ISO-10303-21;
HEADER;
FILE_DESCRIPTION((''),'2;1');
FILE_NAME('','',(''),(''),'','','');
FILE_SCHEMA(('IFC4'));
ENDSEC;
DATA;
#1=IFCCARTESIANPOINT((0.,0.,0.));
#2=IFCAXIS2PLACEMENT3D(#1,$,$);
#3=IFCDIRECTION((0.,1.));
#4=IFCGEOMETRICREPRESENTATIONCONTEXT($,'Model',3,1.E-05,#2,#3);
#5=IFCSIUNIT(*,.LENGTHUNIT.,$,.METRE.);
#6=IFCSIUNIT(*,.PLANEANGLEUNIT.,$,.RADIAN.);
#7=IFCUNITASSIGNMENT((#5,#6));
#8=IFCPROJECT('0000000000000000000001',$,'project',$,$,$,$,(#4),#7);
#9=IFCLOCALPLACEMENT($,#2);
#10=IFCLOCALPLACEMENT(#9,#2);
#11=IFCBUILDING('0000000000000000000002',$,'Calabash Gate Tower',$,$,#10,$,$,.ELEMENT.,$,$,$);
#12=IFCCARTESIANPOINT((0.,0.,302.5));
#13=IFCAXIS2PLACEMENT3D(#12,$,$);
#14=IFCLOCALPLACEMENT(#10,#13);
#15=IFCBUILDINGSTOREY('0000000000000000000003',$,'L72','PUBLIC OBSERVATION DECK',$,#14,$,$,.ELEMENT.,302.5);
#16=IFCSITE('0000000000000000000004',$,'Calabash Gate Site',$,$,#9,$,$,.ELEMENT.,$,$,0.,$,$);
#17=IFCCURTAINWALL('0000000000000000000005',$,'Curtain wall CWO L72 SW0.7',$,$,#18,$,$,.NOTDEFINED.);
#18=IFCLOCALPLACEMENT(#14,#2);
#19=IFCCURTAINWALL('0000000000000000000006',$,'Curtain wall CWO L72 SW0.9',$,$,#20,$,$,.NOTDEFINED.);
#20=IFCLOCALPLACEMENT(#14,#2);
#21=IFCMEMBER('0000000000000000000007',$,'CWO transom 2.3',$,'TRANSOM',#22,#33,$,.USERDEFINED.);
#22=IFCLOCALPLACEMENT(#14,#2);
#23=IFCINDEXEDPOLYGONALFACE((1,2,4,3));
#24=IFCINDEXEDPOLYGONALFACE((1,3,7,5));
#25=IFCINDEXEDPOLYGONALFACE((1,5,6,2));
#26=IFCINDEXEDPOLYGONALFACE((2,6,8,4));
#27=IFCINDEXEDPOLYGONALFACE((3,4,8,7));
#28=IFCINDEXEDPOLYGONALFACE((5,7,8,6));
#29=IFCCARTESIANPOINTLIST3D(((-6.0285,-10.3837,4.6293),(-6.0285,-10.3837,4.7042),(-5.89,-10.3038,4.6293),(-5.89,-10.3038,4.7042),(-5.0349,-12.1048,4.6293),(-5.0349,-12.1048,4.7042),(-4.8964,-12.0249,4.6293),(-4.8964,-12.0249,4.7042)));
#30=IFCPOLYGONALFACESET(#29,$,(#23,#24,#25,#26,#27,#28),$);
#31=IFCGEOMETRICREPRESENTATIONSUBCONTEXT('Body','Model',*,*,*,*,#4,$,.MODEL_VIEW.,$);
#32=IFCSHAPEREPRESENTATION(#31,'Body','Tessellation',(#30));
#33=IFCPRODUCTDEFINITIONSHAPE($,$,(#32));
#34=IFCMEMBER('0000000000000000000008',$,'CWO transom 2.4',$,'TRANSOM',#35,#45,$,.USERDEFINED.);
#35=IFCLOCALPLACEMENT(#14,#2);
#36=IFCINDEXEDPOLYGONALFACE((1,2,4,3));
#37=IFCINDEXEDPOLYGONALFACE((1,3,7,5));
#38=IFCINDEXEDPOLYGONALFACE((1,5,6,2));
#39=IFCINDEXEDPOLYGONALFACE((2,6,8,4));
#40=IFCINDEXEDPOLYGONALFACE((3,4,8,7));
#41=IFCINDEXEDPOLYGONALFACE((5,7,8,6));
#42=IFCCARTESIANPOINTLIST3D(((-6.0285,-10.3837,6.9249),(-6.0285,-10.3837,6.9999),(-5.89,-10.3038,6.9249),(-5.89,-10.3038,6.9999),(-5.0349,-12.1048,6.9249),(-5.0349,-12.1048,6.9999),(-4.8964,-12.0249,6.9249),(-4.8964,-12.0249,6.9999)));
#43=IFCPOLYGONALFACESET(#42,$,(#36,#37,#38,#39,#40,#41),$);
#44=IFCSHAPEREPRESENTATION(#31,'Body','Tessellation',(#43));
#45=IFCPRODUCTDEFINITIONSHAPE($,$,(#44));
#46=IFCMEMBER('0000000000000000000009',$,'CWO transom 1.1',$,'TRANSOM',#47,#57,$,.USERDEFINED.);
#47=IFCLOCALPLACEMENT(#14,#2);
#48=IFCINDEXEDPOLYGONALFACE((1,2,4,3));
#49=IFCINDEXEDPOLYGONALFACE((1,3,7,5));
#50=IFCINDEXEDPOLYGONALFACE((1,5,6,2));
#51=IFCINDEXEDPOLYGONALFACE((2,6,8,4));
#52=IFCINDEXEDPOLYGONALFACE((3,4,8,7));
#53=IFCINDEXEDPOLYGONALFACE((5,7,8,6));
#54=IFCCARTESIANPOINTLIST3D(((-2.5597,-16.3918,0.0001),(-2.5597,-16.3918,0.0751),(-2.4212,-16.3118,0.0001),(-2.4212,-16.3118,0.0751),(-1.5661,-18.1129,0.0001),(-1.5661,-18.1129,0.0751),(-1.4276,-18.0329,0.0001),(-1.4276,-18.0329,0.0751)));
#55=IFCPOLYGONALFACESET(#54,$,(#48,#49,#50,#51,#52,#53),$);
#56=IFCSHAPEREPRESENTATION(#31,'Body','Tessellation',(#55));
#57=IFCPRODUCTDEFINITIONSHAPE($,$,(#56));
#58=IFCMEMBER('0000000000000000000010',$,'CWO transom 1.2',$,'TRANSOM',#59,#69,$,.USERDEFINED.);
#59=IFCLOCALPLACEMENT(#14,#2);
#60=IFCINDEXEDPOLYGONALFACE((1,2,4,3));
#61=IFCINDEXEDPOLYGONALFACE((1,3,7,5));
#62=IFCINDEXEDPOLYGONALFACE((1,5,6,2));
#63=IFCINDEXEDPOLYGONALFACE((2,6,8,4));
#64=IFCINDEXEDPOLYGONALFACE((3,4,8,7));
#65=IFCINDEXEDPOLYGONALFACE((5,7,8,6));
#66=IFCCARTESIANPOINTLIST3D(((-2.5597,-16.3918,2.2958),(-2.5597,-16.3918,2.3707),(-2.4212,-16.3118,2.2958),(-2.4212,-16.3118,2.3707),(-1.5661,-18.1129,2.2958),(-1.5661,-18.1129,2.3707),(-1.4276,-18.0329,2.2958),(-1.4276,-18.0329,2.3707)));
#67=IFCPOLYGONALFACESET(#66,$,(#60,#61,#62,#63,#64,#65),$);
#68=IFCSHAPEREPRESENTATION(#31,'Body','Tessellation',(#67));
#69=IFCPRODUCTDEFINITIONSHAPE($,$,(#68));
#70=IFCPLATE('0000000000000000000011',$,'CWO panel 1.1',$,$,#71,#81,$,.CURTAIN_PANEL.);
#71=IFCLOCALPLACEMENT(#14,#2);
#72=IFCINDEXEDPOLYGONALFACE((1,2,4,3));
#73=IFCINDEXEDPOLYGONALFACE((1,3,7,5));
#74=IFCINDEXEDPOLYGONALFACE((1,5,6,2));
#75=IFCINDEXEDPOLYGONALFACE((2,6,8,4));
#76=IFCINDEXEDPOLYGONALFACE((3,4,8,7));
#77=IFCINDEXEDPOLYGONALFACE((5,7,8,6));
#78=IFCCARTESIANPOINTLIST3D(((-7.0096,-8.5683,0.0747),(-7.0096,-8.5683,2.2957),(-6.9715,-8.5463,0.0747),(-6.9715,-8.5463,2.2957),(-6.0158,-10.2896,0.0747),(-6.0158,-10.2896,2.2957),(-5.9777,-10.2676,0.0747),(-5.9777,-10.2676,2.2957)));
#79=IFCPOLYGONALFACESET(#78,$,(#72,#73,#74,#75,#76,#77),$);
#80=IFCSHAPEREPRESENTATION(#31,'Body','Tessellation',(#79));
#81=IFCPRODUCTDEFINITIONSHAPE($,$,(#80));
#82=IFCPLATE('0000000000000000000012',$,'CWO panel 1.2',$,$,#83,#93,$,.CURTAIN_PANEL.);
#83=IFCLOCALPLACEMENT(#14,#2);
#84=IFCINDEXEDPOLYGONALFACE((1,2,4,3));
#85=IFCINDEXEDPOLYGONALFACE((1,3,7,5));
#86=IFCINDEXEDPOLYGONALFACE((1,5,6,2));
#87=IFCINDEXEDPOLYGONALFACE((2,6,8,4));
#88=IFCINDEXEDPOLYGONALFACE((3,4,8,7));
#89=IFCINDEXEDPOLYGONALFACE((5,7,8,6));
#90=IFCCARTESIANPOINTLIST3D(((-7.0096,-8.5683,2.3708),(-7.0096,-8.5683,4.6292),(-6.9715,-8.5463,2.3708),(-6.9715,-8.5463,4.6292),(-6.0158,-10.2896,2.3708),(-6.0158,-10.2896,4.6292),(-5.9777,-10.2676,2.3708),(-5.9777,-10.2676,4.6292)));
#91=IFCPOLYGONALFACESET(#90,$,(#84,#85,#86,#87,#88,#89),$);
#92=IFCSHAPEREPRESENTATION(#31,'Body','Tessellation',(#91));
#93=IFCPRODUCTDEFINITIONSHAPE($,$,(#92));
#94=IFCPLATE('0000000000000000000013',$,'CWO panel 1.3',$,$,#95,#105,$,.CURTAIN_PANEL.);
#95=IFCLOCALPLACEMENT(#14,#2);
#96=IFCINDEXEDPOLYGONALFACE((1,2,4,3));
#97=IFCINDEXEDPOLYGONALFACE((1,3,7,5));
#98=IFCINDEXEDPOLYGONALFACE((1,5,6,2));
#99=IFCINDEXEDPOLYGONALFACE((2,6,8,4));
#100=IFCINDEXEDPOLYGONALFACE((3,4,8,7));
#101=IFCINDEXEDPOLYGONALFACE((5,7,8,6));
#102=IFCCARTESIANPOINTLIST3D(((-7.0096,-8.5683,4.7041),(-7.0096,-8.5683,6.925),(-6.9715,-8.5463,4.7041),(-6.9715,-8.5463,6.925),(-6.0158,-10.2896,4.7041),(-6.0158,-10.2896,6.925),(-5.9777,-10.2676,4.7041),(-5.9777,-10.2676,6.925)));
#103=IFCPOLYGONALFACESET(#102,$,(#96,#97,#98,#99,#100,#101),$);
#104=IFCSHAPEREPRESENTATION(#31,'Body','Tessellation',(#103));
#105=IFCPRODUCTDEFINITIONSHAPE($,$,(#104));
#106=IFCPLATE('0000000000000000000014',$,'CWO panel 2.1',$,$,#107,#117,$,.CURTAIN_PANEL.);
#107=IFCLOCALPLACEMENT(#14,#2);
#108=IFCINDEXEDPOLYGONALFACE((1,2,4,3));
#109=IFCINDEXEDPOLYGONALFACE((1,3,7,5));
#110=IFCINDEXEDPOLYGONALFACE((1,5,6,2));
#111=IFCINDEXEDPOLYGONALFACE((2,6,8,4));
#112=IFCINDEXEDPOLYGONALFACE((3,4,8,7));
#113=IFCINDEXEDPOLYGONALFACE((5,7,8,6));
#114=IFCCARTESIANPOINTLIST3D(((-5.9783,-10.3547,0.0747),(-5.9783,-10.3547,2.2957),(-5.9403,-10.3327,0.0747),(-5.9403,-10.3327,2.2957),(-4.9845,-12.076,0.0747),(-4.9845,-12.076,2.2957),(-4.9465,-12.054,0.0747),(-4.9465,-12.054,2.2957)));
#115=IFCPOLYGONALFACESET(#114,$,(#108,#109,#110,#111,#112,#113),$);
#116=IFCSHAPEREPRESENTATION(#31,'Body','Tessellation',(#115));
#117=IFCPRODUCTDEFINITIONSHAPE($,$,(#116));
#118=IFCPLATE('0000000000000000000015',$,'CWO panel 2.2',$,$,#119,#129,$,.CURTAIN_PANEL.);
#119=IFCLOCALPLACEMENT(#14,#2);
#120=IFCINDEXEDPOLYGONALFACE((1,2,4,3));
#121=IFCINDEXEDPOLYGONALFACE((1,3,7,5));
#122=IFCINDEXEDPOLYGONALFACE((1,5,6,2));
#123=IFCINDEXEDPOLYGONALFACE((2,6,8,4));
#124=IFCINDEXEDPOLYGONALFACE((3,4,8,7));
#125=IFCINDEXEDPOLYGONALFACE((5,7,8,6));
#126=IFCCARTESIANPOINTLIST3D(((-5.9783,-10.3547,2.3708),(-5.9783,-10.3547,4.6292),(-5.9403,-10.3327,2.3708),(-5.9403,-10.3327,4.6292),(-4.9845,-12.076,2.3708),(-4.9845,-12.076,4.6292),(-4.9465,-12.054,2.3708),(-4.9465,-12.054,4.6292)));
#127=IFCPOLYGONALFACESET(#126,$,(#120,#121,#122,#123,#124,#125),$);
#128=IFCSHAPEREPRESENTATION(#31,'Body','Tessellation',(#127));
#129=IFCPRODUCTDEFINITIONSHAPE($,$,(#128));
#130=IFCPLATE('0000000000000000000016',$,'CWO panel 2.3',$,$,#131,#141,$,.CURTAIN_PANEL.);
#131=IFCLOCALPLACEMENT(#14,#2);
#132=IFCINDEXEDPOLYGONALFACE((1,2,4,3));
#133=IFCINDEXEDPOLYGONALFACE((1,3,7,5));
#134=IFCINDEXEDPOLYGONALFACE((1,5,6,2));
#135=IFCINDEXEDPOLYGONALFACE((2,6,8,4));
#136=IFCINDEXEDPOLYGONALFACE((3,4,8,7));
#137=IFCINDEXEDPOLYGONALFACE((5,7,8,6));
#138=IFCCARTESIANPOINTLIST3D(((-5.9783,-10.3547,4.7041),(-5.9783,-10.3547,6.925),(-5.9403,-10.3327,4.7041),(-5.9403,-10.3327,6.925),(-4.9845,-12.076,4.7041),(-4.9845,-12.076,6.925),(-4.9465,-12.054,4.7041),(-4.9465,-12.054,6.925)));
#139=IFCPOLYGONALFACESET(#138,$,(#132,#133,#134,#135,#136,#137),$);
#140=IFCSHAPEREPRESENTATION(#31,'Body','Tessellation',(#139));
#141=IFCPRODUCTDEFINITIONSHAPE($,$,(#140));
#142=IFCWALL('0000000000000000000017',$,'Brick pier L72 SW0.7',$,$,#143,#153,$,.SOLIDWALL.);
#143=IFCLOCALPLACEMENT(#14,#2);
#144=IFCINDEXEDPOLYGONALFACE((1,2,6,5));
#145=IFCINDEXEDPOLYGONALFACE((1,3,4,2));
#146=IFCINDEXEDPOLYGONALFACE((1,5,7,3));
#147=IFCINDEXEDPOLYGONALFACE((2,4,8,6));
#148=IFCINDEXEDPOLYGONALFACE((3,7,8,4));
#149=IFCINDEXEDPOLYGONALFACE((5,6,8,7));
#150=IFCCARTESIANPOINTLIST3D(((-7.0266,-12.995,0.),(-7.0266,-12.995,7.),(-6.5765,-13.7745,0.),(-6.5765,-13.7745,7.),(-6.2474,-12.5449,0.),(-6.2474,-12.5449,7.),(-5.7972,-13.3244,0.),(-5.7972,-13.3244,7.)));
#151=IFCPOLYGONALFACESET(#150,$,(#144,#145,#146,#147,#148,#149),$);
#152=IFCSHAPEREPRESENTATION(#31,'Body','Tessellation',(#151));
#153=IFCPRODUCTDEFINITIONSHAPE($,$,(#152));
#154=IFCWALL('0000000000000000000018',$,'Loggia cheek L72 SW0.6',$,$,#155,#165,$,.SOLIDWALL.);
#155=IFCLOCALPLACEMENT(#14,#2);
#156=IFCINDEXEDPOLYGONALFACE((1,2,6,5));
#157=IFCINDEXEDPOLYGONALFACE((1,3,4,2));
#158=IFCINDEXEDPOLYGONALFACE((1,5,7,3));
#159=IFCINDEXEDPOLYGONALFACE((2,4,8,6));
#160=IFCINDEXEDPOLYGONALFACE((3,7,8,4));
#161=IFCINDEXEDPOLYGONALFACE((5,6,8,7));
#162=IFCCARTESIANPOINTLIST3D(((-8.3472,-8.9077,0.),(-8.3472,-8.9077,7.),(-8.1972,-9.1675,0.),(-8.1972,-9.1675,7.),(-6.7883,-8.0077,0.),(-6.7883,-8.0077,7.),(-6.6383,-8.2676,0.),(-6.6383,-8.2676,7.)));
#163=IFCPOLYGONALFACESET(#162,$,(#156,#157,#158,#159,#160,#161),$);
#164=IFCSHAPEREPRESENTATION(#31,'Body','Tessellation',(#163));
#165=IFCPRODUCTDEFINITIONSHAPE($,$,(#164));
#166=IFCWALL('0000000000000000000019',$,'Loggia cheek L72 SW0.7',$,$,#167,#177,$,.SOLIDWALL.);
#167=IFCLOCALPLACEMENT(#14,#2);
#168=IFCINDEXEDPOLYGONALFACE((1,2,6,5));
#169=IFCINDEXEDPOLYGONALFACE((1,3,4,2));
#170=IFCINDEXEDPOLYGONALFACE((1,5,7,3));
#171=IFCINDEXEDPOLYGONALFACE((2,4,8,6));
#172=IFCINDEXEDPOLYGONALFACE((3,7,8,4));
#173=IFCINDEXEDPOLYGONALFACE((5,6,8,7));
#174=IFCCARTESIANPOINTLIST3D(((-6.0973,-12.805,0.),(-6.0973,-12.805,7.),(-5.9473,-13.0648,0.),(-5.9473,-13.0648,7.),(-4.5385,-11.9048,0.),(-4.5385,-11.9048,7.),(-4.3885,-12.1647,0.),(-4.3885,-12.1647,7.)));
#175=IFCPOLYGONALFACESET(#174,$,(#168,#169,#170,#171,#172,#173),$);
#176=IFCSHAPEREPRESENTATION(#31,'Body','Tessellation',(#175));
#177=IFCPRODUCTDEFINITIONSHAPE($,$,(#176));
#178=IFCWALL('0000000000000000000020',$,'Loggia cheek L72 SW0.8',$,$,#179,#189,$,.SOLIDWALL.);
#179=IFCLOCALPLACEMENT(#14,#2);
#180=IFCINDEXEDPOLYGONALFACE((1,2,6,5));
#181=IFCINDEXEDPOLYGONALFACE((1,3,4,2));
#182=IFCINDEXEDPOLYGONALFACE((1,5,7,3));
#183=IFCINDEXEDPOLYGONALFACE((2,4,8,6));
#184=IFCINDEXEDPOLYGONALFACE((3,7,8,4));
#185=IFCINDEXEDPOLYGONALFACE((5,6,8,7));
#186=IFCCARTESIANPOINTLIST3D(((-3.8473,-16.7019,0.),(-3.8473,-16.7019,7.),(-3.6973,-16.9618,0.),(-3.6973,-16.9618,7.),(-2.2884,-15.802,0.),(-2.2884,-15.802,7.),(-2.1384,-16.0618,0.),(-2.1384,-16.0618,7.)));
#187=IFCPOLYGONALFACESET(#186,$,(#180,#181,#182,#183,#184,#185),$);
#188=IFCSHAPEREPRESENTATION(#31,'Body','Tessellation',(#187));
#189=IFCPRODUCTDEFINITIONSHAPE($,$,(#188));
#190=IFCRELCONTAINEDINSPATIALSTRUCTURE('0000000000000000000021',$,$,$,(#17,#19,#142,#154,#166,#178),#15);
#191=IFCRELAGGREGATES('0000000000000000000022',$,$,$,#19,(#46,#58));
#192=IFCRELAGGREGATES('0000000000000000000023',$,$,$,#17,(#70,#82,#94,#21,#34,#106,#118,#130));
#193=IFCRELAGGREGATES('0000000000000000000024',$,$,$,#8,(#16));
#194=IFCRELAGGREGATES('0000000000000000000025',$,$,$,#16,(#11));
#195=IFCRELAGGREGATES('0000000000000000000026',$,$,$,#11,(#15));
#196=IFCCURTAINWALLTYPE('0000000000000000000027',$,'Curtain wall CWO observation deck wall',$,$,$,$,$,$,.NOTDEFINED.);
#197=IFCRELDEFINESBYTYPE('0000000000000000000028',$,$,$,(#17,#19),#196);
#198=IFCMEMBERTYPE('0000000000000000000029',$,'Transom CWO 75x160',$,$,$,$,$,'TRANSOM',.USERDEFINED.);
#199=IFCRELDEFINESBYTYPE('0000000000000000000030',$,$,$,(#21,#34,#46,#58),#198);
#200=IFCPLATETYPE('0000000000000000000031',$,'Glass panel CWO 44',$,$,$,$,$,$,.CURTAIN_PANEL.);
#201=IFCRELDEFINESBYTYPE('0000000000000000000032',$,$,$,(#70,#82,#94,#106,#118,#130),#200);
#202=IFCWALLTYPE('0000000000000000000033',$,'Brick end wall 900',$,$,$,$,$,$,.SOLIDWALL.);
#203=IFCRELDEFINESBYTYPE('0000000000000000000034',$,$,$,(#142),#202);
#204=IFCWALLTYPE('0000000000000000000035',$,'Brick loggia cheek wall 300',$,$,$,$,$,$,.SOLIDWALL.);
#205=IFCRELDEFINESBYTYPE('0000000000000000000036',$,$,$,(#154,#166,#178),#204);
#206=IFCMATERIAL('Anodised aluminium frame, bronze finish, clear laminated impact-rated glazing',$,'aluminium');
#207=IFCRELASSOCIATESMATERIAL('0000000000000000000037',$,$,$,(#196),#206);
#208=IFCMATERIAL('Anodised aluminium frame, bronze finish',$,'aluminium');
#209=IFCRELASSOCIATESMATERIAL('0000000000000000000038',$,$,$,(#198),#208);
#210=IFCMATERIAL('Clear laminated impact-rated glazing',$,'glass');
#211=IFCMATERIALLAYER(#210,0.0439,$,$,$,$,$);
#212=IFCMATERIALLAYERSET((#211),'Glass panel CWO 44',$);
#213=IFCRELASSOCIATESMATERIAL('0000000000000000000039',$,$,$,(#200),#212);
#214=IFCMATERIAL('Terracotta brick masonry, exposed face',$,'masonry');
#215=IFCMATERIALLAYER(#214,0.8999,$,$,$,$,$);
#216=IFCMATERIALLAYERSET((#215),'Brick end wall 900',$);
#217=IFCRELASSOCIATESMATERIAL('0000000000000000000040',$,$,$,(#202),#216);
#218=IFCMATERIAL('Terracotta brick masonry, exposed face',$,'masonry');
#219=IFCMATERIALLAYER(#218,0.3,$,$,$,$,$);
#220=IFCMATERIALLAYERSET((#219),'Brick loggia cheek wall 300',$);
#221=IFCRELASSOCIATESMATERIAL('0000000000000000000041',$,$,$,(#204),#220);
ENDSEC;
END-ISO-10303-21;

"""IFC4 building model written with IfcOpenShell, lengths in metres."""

from ifc_helpers import new_model, si_unit, direction, frame, frame_2d, origin, origin_2d, place, context, subcontext, project, spatial, rectangle, extrude, material, layer, layer_set, material_profile, profile_set, type_object, element, aggregate, save


model = new_model("IFC4")

# Units and contexts
model_context = context("Model", 3, precision=1e-05, world=origin(), true_north=direction((0.0, 1.0)))
body_context = subcontext(model_context, "Body", "Model", "MODEL_VIEW")
ifc_project = project(units=[si_unit("LENGTHUNIT", "METRE"), si_unit("PLANEANGLEUNIT", "RADIAN")], contexts=[model_context])

# Site, building, storey
site_placement = place(None, origin())
site = spatial("IfcSite", under=ifc_project, at=site_placement, Name="Calabash Gate Site", CompositionType="ELEMENT", RefElevation=0.0)
building_placement = place(site_placement, origin())
building = spatial("IfcBuilding", under=site, at=building_placement, Name="Calabash Gate Tower", CompositionType="ELEMENT")
storey_placement = place(building_placement, frame((0.0, 0.0, 302.5)))
storey = spatial("IfcBuildingStorey", under=building, at=storey_placement, Name="L72", Description="PUBLIC OBSERVATION DECK", CompositionType="ELEMENT", Elevation=302.5)

# Shared definitions
ifc_material_1 = material(Name="Anodised aluminium frame, bronze finish, clear laminated impact-rated glazing", Category="aluminium")
curtain_wall_type = type_object("IfcCurtainWallType", Name="Curtain wall CWO observation deck wall", PredefinedType="NOTDEFINED", material=ifc_material_1)

# Curtain wall
curtain_wall_1_placement = place(storey_placement, origin())
curtain_wall_1 = element("IfcCurtainWall", 1, at=curtain_wall_1_placement, inside=storey, type_object=curtain_wall_type, Name="Curtain wall CWO L72 SW0.7", PredefinedType="NOTDEFINED")

# Curtain wall
curtain_wall_2_placement = place(storey_placement, origin())
curtain_wall_2 = element("IfcCurtainWall", 2, at=curtain_wall_2_placement, inside=storey, type_object=curtain_wall_type, Name="Curtain wall CWO L72 SW0.9", PredefinedType="NOTDEFINED")

# Members
ifc_material_2 = material(Name="Anodised aluminium frame, bronze finish", Category="aluminium")
ifc_material_profile_1 = material_profile(ifc_material_2, rectangle(XDim=0.1599, YDim=0.075, at=origin_2d()))
ifc_profile_set_1 = profile_set([ifc_material_profile_1], Name="Anodised aluminium frame, bronze finish")
member_type_1 = type_object("IfcMemberType", Name="Transom CWO 75x160", ElementType="TRANSOM", PredefinedType="USERDEFINED", material=ifc_profile_set_1)
member_1_placement = place(storey_placement, frame((-5.9592, -10.3438, 4.6667), z_axis=(0.499971, -0.866042, 0.0), x_axis=(0.866042, 0.499971, 0.0)))
member_1 = element("IfcMember", 3, at=member_1_placement, type_object=member_type_1, Name="CWO transom 2.3", ObjectType="TRANSOM", PredefinedType="USERDEFINED", context=body_context, shape_type="SweptSolid", body=[
    extrude(rectangle(XDim=0.1599, YDim=0.075, at=origin_2d()), origin(), (0.0, 0.0, 1.0), 1.9873),
])
member_2_placement = place(storey_placement, frame((-5.9592, -10.3438, 6.9624), z_axis=(0.499971, -0.866042, 0.0), x_axis=(0.866042, 0.499971, 0.0)))
member_2 = element("IfcMember", 4, at=member_2_placement, type_object=member_type_1, Name="CWO transom 2.4", ObjectType="TRANSOM", PredefinedType="USERDEFINED", context=body_context, shape_type="SweptSolid", body=[
    extrude(rectangle(XDim=0.1599, YDim=0.075, at=origin_2d()), origin(), (0.0, 0.0, 1.0), 1.9873),
])
member_3_placement = place(storey_placement, frame((-2.4905, -16.3518, 0.0376), z_axis=(0.499971, -0.866042, 0.0), x_axis=(0.866042, 0.499971, 0.0)))
member_3 = element("IfcMember", 5, at=member_3_placement, type_object=member_type_1, Name="CWO transom 1.1", ObjectType="TRANSOM", PredefinedType="USERDEFINED", context=body_context, shape_type="SweptSolid", body=[
    extrude(rectangle(XDim=0.1599, YDim=0.075, at=origin_2d()), origin(), (0.0, 0.0, 1.0), 1.9873),
])
member_4_placement = place(storey_placement, frame((-2.4905, -16.3518, 2.3333), z_axis=(0.499971, -0.866042, 0.0), x_axis=(0.866042, 0.499971, 0.0)))
member_4 = element("IfcMember", 6, at=member_4_placement, type_object=member_type_1, Name="CWO transom 1.2", ObjectType="TRANSOM", PredefinedType="USERDEFINED", context=body_context, shape_type="SweptSolid", body=[
    extrude(rectangle(XDim=0.1599, YDim=0.075, at=origin_2d()), origin(), (0.0, 0.0, 1.0), 1.9873),
])
aggregate(curtain_wall_2, [member_3, member_4])

# Plates
ifc_material_3 = material(Name="Clear laminated impact-rated glazing", Category="glass")
ifc_layer_1 = layer(ifc_material_3, 0.0439)
ifc_layer_set_1 = layer_set([ifc_layer_1], Name="Glass panel CWO 44")
plate_type = type_object("IfcPlateType", Name="Glass panel CWO 44", PredefinedType="CURTAIN_PANEL", material=ifc_layer_set_1)
plate_1_placement = place(storey_placement, frame((-6.4937, -9.418, 0.0747), z_axis=(0.0, 0.0, 1.0), x_axis=(0.5, -0.866025, 0.0)))
plate_1 = element("IfcPlate", 7, at=plate_1_placement, type_object=plate_type, Name="CWO panel 1.1", PredefinedType="CURTAIN_PANEL", context=body_context, shape_type="SweptSolid", body=[
    extrude(rectangle(XDim=1.9875, YDim=0.0439, at=origin_2d()), origin(), (0.0, 0.0, 1.0), 2.2209),
])
plate_2_placement = place(storey_placement, frame((-6.4937, -9.418, 2.3708), z_axis=(0.0, 0.0, 1.0), x_axis=(0.5, -0.866025, 0.0)))
plate_2 = element("IfcPlate", 8, at=plate_2_placement, type_object=plate_type, Name="CWO panel 1.2", PredefinedType="CURTAIN_PANEL", context=body_context, shape_type="SweptSolid", body=[
    extrude(rectangle(XDim=1.9875, YDim=0.0439, at=origin_2d()), origin(), (0.0, 0.0, 1.0), 2.2583),
])
plate_3_placement = place(storey_placement, frame((-6.4937, -9.418, 4.7041), z_axis=(0.0, 0.0, 1.0), x_axis=(0.5, -0.866025, 0.0)))
plate_3 = element("IfcPlate", 9, at=plate_3_placement, type_object=plate_type, Name="CWO panel 1.3", PredefinedType="CURTAIN_PANEL", context=body_context, shape_type="SweptSolid", body=[
    extrude(rectangle(XDim=1.9875, YDim=0.0439, at=origin_2d()), origin(), (0.0, 0.0, 1.0), 2.2209),
])
plate_4_placement = place(storey_placement, frame((-5.4624, -11.2043, 0.0747), z_axis=(0.0, 0.0, 1.0), x_axis=(0.5, -0.866025, 0.0)))
plate_4 = element("IfcPlate", 10, at=plate_4_placement, type_object=plate_type, Name="CWO panel 2.1", PredefinedType="CURTAIN_PANEL", context=body_context, shape_type="SweptSolid", body=[
    extrude(rectangle(XDim=1.9875, YDim=0.0439, at=origin_2d()), origin(), (0.0, 0.0, 1.0), 2.2209),
])
plate_5_placement = place(storey_placement, frame((-5.4624, -11.2043, 2.3708), z_axis=(0.0, 0.0, 1.0), x_axis=(0.5, -0.866025, 0.0)))
plate_5 = element("IfcPlate", 11, at=plate_5_placement, type_object=plate_type, Name="CWO panel 2.2", PredefinedType="CURTAIN_PANEL", context=body_context, shape_type="SweptSolid", body=[
    extrude(rectangle(XDim=1.9875, YDim=0.0439, at=origin_2d()), origin(), (0.0, 0.0, 1.0), 2.2583),
])
plate_6_placement = place(storey_placement, frame((-5.4624, -11.2043, 4.7041), z_axis=(0.0, 0.0, 1.0), x_axis=(0.5, -0.866025, 0.0)))
plate_6 = element("IfcPlate", 12, at=plate_6_placement, type_object=plate_type, Name="CWO panel 2.3", PredefinedType="CURTAIN_PANEL", context=body_context, shape_type="SweptSolid", body=[
    extrude(rectangle(XDim=1.9875, YDim=0.0439, at=origin_2d()), origin(), (0.0, 0.0, 1.0), 2.2209),
])
aggregate(curtain_wall_1, [plate_1, plate_2, plate_3, member_1, member_2, plate_4, plate_5, plate_6])

# Walls
ifc_material_4 = material(Name="Terracotta brick masonry, exposed face", Category="masonry")
ifc_layer_2 = layer(ifc_material_4, 0.8999)
ifc_layer_set_2 = layer_set([ifc_layer_2], Name="Brick end wall 900")
wall_type_1 = type_object("IfcWallType", Name="Brick end wall 900", PredefinedType="SOLIDWALL", material=ifc_layer_set_2)
wall_1_placement = place(storey_placement, frame((-6.1868, -13.5496, 0.0), z_axis=(0.0, 0.0, 1.0), x_axis=(-0.500106, 0.865964, 0.0)))
element("IfcWall", 13, at=wall_1_placement, inside=storey, type_object=wall_type_1, Name="Brick pier L72 SW0.7", PredefinedType="SOLIDWALL", context=body_context, shape_type="SweptSolid", body=[
    extrude(rectangle(XDim=0.9001, YDim=0.8999, at=frame_2d((0.4502, 0.0))), origin(), (0.0, 0.0, 1.0), 7.0),
])
ifc_material_5 = material(Name="Terracotta brick masonry, exposed face", Category="masonry")
ifc_layer_3 = layer(ifc_material_5, 0.3)
ifc_layer_set_3 = layer_set([ifc_layer_3], Name="Brick loggia cheek wall 300")
wall_type_2 = type_object("IfcWallType", Name="Brick loggia cheek wall 300", PredefinedType="SOLIDWALL", material=ifc_layer_set_3)
for number, where, z_axis, x_axis, name in (
    (14, (-6.7134, -8.1377, 0.0), (0.0, 0.0, 1.0), (-0.866048, -0.499961, 0.0), "Loggia cheek L72 SW0.6"),
    (15, (-6.0222, -12.9348, 0.0), (0.0, 0.0, 1.0), (0.865989, 0.500063, 0.0), "Loggia cheek L72 SW0.7"),
    (16, (-3.7722, -16.8318, 0.0), (0.0, 0.0, 1.0), (0.866048, 0.499961, 0.0), "Loggia cheek L72 SW0.8"),
):
    element("IfcWall", number, at=place(storey_placement, frame(where, z_axis=z_axis, x_axis=x_axis)), inside=storey, type_object=wall_type_2, Name=name, PredefinedType="SOLIDWALL", context=body_context, shape_type="SweptSolid", body=[
        extrude(rectangle(XDim=1.8, YDim=0.3, at=frame_2d((0.8999, 0.0))), origin(), (0.0, 0.0, 1.0), 7.0),
    ])

save(model, "model.ifc")
